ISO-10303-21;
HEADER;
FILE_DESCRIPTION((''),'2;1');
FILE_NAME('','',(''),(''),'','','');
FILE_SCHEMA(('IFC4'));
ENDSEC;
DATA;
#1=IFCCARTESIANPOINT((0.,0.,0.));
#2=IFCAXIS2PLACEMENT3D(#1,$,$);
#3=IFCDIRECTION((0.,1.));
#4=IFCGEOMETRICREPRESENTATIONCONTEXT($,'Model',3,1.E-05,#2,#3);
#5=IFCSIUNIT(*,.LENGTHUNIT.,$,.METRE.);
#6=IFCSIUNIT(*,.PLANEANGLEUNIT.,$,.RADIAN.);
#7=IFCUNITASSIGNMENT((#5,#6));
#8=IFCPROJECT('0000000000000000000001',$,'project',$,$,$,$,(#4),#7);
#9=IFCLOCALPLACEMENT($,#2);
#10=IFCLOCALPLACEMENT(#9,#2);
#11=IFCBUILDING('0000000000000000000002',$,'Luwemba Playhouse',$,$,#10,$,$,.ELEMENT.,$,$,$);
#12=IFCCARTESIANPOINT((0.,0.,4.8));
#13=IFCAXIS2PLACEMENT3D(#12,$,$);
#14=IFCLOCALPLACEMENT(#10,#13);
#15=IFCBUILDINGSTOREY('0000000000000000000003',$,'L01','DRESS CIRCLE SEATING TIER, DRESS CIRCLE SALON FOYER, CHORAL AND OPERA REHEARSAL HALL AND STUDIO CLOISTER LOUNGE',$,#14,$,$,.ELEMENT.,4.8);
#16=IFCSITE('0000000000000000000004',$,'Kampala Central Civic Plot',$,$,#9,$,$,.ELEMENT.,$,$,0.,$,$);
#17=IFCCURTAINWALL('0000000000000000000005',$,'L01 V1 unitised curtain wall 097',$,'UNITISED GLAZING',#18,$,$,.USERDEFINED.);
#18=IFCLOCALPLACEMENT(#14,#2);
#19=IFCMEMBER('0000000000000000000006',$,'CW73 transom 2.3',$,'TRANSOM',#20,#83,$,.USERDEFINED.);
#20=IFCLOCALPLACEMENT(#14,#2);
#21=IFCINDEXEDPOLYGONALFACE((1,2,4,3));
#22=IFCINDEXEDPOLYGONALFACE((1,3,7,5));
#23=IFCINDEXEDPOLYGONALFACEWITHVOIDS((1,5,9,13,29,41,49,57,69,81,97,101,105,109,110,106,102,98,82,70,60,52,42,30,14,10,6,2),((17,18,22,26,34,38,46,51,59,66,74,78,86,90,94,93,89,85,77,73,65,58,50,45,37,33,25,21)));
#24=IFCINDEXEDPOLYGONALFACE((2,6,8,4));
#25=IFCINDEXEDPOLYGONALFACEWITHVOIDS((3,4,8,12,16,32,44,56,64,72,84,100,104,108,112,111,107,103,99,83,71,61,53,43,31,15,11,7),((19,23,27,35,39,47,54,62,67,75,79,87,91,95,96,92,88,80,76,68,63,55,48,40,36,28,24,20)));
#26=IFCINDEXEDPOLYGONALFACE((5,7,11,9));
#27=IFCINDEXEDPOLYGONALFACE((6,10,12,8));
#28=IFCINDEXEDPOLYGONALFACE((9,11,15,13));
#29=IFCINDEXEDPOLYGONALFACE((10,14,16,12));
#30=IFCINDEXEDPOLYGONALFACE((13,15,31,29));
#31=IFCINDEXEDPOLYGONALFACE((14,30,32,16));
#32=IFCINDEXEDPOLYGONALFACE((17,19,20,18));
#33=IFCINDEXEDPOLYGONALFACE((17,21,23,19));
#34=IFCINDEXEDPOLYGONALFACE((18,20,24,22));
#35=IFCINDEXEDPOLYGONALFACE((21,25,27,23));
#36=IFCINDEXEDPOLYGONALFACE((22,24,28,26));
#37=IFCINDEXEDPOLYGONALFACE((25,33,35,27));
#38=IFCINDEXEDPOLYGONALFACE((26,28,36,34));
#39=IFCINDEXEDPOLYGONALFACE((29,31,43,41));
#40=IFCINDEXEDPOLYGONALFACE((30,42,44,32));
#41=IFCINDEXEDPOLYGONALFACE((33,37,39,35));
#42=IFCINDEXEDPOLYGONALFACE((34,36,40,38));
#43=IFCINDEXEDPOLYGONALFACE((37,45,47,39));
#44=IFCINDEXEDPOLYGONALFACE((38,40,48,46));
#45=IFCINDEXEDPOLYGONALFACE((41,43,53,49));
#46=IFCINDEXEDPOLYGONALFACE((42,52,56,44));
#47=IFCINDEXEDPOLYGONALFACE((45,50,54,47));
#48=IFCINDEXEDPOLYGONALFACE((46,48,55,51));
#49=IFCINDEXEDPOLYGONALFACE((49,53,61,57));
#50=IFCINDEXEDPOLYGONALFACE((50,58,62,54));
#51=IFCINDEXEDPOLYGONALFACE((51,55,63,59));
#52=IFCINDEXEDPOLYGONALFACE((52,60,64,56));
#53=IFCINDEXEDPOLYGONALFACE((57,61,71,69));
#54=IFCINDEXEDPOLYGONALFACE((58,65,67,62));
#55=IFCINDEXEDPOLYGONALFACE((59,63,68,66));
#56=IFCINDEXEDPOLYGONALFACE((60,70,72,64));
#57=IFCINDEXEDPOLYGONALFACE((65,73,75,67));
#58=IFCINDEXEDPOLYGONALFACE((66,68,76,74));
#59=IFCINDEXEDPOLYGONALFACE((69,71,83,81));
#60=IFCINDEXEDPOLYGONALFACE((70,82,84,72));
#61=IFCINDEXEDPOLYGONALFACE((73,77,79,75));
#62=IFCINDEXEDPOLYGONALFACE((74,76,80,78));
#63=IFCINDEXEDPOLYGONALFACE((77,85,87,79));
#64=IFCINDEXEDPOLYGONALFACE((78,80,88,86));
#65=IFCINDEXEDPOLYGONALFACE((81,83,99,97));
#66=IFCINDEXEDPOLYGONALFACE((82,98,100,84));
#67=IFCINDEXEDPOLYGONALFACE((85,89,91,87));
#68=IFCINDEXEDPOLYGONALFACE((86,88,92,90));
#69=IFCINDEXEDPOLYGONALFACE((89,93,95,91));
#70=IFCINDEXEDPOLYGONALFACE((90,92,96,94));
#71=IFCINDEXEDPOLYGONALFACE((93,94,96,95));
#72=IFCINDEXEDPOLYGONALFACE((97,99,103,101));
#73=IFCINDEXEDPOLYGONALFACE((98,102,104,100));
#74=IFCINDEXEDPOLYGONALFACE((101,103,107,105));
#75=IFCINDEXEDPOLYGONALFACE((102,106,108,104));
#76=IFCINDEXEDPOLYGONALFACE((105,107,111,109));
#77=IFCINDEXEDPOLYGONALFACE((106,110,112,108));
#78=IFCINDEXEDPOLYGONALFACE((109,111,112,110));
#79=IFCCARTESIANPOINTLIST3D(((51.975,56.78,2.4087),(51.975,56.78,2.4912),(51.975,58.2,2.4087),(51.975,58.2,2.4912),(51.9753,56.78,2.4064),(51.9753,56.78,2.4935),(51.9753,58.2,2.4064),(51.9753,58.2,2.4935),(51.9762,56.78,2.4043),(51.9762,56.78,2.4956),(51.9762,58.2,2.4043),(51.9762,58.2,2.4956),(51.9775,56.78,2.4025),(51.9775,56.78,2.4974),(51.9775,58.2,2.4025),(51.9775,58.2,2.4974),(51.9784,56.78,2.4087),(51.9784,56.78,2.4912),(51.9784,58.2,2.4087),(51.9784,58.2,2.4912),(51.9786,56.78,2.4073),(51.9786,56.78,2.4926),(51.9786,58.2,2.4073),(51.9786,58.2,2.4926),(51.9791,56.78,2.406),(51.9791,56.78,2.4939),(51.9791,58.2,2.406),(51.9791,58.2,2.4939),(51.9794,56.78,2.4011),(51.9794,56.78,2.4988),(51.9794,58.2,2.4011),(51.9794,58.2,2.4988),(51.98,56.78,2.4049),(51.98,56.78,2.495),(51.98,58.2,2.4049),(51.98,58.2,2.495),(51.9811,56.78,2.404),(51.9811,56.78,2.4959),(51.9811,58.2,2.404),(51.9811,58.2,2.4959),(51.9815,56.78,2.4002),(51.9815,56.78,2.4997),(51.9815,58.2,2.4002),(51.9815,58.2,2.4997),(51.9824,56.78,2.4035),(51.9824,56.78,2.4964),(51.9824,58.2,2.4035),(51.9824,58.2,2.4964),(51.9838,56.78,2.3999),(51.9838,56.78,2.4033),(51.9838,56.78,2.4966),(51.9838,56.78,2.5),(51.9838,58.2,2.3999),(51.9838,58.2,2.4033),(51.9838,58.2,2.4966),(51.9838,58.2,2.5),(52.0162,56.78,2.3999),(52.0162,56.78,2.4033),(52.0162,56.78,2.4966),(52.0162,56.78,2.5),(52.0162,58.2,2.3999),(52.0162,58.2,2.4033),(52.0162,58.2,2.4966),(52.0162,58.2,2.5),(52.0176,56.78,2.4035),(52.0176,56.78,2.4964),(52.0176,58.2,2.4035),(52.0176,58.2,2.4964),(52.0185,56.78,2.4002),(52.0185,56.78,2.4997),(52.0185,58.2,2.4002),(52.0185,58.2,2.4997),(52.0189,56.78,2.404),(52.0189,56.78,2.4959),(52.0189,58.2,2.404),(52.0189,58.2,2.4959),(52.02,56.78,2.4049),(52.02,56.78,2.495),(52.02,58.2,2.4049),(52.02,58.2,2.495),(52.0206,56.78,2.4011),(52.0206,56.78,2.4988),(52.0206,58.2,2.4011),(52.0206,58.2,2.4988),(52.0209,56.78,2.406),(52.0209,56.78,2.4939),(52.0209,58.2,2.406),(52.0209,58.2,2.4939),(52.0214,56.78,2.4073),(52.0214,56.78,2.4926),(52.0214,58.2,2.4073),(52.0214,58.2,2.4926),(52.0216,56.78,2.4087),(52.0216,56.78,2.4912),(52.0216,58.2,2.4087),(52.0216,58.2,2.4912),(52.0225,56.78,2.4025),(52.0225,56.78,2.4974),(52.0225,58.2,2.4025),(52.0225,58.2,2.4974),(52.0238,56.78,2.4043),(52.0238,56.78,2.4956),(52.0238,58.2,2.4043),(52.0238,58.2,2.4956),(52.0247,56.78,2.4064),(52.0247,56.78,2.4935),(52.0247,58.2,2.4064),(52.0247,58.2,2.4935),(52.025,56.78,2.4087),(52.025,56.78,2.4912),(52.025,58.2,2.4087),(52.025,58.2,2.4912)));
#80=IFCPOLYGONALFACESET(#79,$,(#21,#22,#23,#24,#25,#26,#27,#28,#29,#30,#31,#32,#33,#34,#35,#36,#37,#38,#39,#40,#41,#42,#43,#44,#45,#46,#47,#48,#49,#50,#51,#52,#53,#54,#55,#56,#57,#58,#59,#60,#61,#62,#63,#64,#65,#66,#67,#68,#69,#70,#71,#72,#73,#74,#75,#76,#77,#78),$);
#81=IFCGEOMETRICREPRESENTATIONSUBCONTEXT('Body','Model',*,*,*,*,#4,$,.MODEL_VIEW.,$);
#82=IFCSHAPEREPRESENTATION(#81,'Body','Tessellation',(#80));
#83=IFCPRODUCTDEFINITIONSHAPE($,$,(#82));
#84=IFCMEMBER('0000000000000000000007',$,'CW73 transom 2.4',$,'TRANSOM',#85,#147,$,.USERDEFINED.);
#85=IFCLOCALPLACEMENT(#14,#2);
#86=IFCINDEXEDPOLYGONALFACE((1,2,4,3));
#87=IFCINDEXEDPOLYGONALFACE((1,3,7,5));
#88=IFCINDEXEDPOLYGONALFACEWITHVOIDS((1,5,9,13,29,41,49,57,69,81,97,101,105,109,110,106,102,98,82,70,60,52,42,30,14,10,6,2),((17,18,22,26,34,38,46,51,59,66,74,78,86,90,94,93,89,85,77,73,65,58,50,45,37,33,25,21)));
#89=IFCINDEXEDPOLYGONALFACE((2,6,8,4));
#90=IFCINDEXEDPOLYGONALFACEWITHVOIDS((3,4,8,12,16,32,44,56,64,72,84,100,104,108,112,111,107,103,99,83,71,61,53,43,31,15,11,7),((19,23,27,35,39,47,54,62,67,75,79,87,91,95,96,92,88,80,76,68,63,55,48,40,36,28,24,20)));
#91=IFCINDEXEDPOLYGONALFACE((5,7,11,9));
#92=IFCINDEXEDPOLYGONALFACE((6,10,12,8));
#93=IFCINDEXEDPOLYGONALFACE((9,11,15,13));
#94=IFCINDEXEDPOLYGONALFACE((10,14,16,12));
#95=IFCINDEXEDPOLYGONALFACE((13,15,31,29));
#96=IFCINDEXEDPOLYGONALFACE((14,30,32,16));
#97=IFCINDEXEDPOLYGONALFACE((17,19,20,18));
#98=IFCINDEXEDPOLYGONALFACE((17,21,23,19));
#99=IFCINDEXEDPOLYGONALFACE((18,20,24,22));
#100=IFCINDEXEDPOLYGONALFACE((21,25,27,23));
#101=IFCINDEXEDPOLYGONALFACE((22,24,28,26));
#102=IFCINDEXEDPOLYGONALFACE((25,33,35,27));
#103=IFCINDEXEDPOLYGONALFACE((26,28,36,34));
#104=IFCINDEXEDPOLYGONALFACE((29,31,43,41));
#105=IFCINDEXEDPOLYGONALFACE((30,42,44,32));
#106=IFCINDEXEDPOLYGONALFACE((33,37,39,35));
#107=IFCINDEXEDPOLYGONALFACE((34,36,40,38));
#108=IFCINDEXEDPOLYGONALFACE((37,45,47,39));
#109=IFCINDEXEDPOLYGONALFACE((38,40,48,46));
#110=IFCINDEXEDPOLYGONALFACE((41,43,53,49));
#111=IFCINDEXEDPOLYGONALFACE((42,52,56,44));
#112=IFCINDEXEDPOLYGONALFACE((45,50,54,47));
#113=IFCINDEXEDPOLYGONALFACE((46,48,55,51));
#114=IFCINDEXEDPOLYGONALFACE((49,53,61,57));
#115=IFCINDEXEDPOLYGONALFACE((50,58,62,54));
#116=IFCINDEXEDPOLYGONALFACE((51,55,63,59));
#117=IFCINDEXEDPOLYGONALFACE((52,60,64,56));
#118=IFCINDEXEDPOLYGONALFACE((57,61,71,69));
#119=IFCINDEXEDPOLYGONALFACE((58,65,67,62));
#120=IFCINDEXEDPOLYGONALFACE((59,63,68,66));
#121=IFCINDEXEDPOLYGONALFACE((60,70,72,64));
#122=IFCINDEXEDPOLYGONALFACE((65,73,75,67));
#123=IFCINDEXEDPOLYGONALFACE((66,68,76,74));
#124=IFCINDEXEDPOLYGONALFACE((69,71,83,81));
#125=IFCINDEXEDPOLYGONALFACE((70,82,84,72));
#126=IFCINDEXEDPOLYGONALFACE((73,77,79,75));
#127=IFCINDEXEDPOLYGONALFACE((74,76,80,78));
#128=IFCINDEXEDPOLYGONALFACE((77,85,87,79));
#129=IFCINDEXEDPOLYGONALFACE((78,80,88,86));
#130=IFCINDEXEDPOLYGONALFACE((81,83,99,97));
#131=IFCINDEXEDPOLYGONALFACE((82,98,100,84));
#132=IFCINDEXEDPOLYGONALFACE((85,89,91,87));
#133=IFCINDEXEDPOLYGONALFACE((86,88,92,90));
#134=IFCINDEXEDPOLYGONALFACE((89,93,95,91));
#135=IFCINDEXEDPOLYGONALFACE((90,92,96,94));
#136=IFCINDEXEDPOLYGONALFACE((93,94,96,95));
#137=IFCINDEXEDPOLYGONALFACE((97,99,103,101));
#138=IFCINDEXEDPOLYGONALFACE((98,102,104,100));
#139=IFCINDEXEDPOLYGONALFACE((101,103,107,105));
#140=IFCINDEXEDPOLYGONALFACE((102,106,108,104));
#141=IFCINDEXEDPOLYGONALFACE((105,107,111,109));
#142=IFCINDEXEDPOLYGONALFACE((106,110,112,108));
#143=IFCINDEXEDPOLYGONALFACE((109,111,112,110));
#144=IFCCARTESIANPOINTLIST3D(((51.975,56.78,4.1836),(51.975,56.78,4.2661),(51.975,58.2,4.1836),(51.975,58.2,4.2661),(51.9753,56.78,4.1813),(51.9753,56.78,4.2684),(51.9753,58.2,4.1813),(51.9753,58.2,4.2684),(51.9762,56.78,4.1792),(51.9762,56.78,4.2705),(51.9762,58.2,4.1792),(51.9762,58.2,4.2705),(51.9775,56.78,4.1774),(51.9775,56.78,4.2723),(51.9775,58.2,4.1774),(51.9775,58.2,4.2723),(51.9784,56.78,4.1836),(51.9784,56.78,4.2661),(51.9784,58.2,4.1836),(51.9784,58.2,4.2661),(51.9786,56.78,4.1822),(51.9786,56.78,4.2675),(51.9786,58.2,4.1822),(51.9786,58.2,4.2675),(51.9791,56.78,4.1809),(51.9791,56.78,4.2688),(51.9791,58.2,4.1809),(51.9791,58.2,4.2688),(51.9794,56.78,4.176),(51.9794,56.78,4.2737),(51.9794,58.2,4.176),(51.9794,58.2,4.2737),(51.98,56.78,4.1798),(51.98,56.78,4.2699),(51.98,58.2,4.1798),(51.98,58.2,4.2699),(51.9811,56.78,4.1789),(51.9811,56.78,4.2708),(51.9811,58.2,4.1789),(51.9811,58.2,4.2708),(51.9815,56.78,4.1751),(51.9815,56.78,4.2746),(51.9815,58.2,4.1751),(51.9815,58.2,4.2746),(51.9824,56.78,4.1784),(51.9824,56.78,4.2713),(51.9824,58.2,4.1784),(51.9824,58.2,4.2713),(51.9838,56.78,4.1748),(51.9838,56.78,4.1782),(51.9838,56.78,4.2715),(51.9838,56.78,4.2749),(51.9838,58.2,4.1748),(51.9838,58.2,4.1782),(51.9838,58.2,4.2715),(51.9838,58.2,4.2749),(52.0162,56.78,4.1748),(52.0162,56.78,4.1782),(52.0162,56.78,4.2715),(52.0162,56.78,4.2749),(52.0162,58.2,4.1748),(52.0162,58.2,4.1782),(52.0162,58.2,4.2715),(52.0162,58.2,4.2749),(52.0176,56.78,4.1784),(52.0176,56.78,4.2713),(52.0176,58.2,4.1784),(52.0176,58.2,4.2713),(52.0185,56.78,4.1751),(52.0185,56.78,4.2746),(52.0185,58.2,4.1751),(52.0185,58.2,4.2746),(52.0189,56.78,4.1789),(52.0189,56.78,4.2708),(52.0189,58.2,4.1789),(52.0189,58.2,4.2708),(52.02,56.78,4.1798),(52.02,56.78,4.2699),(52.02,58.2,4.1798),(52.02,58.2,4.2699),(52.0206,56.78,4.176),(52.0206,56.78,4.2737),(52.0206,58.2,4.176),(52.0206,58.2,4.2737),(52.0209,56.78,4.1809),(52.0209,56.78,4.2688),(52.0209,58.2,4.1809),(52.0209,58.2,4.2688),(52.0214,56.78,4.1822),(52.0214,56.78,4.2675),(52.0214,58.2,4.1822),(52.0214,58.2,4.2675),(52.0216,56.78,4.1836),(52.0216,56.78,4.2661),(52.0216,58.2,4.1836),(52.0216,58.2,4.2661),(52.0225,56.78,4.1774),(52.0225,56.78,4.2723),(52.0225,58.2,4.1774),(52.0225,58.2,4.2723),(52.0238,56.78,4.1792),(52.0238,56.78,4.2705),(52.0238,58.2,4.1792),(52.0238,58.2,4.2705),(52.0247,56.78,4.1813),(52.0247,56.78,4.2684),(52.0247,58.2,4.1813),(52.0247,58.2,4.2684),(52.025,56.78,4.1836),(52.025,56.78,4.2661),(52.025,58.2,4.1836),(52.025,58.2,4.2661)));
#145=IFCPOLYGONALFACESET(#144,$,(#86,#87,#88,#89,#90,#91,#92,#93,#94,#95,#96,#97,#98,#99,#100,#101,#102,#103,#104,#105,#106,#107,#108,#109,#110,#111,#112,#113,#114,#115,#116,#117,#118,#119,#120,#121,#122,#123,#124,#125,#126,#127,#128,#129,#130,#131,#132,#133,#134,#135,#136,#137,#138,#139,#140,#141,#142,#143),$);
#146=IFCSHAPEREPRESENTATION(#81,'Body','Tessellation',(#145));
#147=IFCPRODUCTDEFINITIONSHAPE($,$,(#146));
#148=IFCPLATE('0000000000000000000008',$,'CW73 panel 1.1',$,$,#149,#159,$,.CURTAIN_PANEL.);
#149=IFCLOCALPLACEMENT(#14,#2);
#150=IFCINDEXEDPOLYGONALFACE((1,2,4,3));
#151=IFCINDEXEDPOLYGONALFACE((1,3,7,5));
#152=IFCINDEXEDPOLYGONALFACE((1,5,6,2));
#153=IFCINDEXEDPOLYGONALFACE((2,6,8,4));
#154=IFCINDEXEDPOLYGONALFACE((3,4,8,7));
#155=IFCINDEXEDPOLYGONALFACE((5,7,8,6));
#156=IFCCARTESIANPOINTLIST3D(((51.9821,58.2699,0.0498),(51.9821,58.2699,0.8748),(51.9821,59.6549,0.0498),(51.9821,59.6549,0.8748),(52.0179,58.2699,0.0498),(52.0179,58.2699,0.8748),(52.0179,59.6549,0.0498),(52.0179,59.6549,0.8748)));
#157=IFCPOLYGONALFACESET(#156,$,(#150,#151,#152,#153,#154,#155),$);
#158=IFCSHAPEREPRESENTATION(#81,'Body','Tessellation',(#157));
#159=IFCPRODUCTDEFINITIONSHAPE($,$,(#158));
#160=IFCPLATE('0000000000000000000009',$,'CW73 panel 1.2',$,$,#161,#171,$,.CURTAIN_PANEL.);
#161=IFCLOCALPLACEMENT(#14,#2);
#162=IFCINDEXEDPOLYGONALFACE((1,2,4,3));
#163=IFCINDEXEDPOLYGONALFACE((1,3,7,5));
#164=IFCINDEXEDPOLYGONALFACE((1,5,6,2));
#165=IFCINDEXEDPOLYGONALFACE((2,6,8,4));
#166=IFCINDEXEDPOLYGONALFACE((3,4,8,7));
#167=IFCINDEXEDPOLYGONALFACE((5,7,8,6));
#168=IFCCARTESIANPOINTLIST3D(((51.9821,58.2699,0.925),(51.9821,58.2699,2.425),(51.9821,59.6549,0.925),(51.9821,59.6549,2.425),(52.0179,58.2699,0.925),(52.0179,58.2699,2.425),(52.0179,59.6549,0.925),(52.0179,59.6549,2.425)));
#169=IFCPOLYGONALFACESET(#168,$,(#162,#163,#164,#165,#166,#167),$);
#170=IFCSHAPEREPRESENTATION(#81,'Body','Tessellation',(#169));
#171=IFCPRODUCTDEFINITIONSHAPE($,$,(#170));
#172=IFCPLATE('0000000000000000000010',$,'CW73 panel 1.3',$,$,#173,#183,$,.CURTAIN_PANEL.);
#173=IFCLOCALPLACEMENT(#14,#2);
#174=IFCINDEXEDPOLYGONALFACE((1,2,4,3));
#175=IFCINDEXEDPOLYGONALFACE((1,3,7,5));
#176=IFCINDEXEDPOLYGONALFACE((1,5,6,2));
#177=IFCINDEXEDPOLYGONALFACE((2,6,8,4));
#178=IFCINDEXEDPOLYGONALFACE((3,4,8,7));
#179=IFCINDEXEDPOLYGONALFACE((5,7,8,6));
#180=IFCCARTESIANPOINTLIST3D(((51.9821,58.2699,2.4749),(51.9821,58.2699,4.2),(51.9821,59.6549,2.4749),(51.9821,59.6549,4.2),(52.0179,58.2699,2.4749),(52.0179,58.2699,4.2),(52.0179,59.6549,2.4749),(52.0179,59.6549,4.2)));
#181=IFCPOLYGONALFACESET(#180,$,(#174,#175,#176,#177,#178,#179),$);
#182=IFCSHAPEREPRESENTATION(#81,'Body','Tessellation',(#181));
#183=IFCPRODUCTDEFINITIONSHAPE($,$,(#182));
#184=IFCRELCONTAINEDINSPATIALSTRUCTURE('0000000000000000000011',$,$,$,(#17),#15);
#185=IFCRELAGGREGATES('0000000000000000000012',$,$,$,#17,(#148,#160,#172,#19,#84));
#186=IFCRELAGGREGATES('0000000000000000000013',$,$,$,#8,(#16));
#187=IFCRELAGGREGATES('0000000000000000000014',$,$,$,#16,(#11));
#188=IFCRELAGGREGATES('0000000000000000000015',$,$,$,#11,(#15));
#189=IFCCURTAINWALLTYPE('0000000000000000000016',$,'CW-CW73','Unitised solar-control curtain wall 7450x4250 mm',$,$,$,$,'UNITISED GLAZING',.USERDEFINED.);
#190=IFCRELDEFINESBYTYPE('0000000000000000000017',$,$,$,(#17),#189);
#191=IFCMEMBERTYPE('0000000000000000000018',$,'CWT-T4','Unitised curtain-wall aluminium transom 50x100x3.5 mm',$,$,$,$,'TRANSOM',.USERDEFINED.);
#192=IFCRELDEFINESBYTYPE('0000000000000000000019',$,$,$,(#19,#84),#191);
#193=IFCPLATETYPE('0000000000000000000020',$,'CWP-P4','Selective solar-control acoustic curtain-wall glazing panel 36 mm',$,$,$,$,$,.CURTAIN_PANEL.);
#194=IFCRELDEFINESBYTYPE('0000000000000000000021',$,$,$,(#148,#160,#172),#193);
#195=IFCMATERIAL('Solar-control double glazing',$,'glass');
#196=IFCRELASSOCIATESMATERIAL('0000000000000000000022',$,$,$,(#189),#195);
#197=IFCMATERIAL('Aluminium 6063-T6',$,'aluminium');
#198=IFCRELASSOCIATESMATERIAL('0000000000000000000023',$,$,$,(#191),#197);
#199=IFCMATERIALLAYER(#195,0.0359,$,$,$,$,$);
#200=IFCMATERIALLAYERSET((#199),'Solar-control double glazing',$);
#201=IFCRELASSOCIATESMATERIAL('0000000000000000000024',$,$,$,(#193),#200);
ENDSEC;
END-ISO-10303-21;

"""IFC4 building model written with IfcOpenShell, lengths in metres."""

from ifc_helpers import new_model, si_unit, direction, frame, origin, origin_2d, place, context, subcontext, project, spatial, rectangle, hollow_rectangle, extrude, material, layer, layer_set, material_profile, profile_set, type_object, element, aggregate, save


model = new_model("IFC4")

# Units and contexts
model_context = context("Model", 3, precision=1e-05, world=origin(), true_north=direction((0.0, 1.0)))
body_context = subcontext(model_context, "Body", "Model", "MODEL_VIEW")
ifc_project = project(units=[si_unit("LENGTHUNIT", "METRE"), si_unit("PLANEANGLEUNIT", "RADIAN")], contexts=[model_context])

# Site, building, storey
site_placement = place(None, origin())
site = spatial("IfcSite", under=ifc_project, at=site_placement, Name="Kampala Central Civic Plot", CompositionType="ELEMENT", RefElevation=0.0)
building_placement = place(site_placement, origin())
building = spatial("IfcBuilding", under=site, at=building_placement, Name="Luwemba Playhouse", CompositionType="ELEMENT")
storey_placement = place(building_placement, frame((0.0, 0.0, 4.8)))
storey = spatial("IfcBuildingStorey", under=building, at=storey_placement, Name="L01", Description="DRESS CIRCLE SEATING TIER, DRESS CIRCLE SALON FOYER, CHORAL AND OPERA REHEARSAL HALL AND STUDIO CLOISTER LOUNGE", CompositionType="ELEMENT", Elevation=4.8)

# Curtain wall, members, plates
ifc_material_1 = material(Name="Solar-control double glazing", Category="glass")
curtain_wall_type = type_object("IfcCurtainWallType", Name="CW-CW73", Description="Unitised solar-control curtain wall 7450x4250 mm", ElementType="UNITISED GLAZING", PredefinedType="USERDEFINED", material=ifc_material_1)
curtain_wall_placement = place(storey_placement, origin())
curtain_wall = element("IfcCurtainWall", 1, at=curtain_wall_placement, inside=storey, type_object=curtain_wall_type, Name="L01 V1 unitised curtain wall 097", ObjectType="UNITISED GLAZING", PredefinedType="USERDEFINED")
ifc_material_2 = material(Name="Aluminium 6063-T6", Category="aluminium")
ifc_material_profile_1 = material_profile(ifc_material_2, hollow_rectangle(XDim=0.05, YDim=0.1001, WallThickness=0.0034, InnerFilletRadius=0.0054, OuterFilletRadius=0.0088, at=origin_2d()))
ifc_profile_set_1 = profile_set([ifc_material_profile_1], Name="Aluminium 6063-T6")
member_type_1 = type_object("IfcMemberType", Name="CWT-T4", Description="Unitised curtain-wall aluminium transom 50x100x3.5 mm", ElementType="TRANSOM", PredefinedType="USERDEFINED", material=ifc_profile_set_1)
member_1_placement = place(storey_placement, frame((52.0, 58.2, 2.45), z_axis=(0.0, -1.0, 0.0), x_axis=(1.0, 0.0, 0.0)))
member_1 = element("IfcMember", 2, at=member_1_placement, type_object=member_type_1, Name="CW73 transom 2.3", ObjectType="TRANSOM", PredefinedType="USERDEFINED", context=body_context, shape_type="SweptSolid", body=[
    extrude(hollow_rectangle(XDim=0.05, YDim=0.1001, WallThickness=0.0034, InnerFilletRadius=0.0054, OuterFilletRadius=0.0088, at=origin_2d()), origin(), (0.0, 0.0, 1.0), 1.4199),
])
member_2_placement = place(storey_placement, frame((52.0, 58.2, 4.2249), z_axis=(0.0, -1.0, 0.0), x_axis=(1.0, 0.0, 0.0)))
member_2 = element("IfcMember", 3, at=member_2_placement, type_object=member_type_1, Name="CW73 transom 2.4", ObjectType="TRANSOM", PredefinedType="USERDEFINED", context=body_context, shape_type="SweptSolid", body=[
    extrude(hollow_rectangle(XDim=0.05, YDim=0.1001, WallThickness=0.0034, InnerFilletRadius=0.0054, OuterFilletRadius=0.0088, at=origin_2d()), origin(), (0.0, 0.0, 1.0), 1.4199),
])
ifc_layer_1 = layer(ifc_material_1, 0.0359)
ifc_layer_set_1 = layer_set([ifc_layer_1], Name="Solar-control double glazing")
plate_type = type_object("IfcPlateType", Name="CWP-P4", Description="Selective solar-control acoustic curtain-wall glazing panel 36 mm", PredefinedType="CURTAIN_PANEL", material=ifc_layer_set_1)
plate_1_placement = place(storey_placement, frame((52.0, 58.9624, 0.0498), z_axis=(0.0, 0.0, 1.0), x_axis=(0.0, -1.0, 0.0)))
plate_1 = element("IfcPlate", 4, at=plate_1_placement, type_object=plate_type, Name="CW73 panel 1.1", PredefinedType="CURTAIN_PANEL", context=body_context, shape_type="SweptSolid", body=[
    extrude(rectangle(XDim=1.385, YDim=0.0359, at=origin_2d()), origin(), (0.0, 0.0, 1.0), 0.825),
])
plate_2_placement = place(storey_placement, frame((52.0, 58.9624, 0.925), z_axis=(0.0, 0.0, 1.0), x_axis=(0.0, -1.0, 0.0)))
plate_2 = element("IfcPlate", 5, at=plate_2_placement, type_object=plate_type, Name="CW73 panel 1.2", PredefinedType="CURTAIN_PANEL", context=body_context, shape_type="SweptSolid", body=[
    extrude(rectangle(XDim=1.385, YDim=0.0359, at=origin_2d()), origin(), (0.0, 0.0, 1.0), 1.5),
])
plate_3_placement = place(storey_placement, frame((52.0, 58.9624, 2.4749), z_axis=(0.0, 0.0, 1.0), x_axis=(0.0, -1.0, 0.0)))
plate_3 = element("IfcPlate", 6, at=plate_3_placement, type_object=plate_type, Name="CW73 panel 1.3", PredefinedType="CURTAIN_PANEL", context=body_context, shape_type="SweptSolid", body=[
    extrude(rectangle(XDim=1.385, YDim=0.0359, at=origin_2d()), origin(), (0.0, 0.0, 1.0), 1.7251),
])
aggregate(curtain_wall, [plate_1, plate_2, plate_3, member_1, member_2])

save(model, "model.ifc")
